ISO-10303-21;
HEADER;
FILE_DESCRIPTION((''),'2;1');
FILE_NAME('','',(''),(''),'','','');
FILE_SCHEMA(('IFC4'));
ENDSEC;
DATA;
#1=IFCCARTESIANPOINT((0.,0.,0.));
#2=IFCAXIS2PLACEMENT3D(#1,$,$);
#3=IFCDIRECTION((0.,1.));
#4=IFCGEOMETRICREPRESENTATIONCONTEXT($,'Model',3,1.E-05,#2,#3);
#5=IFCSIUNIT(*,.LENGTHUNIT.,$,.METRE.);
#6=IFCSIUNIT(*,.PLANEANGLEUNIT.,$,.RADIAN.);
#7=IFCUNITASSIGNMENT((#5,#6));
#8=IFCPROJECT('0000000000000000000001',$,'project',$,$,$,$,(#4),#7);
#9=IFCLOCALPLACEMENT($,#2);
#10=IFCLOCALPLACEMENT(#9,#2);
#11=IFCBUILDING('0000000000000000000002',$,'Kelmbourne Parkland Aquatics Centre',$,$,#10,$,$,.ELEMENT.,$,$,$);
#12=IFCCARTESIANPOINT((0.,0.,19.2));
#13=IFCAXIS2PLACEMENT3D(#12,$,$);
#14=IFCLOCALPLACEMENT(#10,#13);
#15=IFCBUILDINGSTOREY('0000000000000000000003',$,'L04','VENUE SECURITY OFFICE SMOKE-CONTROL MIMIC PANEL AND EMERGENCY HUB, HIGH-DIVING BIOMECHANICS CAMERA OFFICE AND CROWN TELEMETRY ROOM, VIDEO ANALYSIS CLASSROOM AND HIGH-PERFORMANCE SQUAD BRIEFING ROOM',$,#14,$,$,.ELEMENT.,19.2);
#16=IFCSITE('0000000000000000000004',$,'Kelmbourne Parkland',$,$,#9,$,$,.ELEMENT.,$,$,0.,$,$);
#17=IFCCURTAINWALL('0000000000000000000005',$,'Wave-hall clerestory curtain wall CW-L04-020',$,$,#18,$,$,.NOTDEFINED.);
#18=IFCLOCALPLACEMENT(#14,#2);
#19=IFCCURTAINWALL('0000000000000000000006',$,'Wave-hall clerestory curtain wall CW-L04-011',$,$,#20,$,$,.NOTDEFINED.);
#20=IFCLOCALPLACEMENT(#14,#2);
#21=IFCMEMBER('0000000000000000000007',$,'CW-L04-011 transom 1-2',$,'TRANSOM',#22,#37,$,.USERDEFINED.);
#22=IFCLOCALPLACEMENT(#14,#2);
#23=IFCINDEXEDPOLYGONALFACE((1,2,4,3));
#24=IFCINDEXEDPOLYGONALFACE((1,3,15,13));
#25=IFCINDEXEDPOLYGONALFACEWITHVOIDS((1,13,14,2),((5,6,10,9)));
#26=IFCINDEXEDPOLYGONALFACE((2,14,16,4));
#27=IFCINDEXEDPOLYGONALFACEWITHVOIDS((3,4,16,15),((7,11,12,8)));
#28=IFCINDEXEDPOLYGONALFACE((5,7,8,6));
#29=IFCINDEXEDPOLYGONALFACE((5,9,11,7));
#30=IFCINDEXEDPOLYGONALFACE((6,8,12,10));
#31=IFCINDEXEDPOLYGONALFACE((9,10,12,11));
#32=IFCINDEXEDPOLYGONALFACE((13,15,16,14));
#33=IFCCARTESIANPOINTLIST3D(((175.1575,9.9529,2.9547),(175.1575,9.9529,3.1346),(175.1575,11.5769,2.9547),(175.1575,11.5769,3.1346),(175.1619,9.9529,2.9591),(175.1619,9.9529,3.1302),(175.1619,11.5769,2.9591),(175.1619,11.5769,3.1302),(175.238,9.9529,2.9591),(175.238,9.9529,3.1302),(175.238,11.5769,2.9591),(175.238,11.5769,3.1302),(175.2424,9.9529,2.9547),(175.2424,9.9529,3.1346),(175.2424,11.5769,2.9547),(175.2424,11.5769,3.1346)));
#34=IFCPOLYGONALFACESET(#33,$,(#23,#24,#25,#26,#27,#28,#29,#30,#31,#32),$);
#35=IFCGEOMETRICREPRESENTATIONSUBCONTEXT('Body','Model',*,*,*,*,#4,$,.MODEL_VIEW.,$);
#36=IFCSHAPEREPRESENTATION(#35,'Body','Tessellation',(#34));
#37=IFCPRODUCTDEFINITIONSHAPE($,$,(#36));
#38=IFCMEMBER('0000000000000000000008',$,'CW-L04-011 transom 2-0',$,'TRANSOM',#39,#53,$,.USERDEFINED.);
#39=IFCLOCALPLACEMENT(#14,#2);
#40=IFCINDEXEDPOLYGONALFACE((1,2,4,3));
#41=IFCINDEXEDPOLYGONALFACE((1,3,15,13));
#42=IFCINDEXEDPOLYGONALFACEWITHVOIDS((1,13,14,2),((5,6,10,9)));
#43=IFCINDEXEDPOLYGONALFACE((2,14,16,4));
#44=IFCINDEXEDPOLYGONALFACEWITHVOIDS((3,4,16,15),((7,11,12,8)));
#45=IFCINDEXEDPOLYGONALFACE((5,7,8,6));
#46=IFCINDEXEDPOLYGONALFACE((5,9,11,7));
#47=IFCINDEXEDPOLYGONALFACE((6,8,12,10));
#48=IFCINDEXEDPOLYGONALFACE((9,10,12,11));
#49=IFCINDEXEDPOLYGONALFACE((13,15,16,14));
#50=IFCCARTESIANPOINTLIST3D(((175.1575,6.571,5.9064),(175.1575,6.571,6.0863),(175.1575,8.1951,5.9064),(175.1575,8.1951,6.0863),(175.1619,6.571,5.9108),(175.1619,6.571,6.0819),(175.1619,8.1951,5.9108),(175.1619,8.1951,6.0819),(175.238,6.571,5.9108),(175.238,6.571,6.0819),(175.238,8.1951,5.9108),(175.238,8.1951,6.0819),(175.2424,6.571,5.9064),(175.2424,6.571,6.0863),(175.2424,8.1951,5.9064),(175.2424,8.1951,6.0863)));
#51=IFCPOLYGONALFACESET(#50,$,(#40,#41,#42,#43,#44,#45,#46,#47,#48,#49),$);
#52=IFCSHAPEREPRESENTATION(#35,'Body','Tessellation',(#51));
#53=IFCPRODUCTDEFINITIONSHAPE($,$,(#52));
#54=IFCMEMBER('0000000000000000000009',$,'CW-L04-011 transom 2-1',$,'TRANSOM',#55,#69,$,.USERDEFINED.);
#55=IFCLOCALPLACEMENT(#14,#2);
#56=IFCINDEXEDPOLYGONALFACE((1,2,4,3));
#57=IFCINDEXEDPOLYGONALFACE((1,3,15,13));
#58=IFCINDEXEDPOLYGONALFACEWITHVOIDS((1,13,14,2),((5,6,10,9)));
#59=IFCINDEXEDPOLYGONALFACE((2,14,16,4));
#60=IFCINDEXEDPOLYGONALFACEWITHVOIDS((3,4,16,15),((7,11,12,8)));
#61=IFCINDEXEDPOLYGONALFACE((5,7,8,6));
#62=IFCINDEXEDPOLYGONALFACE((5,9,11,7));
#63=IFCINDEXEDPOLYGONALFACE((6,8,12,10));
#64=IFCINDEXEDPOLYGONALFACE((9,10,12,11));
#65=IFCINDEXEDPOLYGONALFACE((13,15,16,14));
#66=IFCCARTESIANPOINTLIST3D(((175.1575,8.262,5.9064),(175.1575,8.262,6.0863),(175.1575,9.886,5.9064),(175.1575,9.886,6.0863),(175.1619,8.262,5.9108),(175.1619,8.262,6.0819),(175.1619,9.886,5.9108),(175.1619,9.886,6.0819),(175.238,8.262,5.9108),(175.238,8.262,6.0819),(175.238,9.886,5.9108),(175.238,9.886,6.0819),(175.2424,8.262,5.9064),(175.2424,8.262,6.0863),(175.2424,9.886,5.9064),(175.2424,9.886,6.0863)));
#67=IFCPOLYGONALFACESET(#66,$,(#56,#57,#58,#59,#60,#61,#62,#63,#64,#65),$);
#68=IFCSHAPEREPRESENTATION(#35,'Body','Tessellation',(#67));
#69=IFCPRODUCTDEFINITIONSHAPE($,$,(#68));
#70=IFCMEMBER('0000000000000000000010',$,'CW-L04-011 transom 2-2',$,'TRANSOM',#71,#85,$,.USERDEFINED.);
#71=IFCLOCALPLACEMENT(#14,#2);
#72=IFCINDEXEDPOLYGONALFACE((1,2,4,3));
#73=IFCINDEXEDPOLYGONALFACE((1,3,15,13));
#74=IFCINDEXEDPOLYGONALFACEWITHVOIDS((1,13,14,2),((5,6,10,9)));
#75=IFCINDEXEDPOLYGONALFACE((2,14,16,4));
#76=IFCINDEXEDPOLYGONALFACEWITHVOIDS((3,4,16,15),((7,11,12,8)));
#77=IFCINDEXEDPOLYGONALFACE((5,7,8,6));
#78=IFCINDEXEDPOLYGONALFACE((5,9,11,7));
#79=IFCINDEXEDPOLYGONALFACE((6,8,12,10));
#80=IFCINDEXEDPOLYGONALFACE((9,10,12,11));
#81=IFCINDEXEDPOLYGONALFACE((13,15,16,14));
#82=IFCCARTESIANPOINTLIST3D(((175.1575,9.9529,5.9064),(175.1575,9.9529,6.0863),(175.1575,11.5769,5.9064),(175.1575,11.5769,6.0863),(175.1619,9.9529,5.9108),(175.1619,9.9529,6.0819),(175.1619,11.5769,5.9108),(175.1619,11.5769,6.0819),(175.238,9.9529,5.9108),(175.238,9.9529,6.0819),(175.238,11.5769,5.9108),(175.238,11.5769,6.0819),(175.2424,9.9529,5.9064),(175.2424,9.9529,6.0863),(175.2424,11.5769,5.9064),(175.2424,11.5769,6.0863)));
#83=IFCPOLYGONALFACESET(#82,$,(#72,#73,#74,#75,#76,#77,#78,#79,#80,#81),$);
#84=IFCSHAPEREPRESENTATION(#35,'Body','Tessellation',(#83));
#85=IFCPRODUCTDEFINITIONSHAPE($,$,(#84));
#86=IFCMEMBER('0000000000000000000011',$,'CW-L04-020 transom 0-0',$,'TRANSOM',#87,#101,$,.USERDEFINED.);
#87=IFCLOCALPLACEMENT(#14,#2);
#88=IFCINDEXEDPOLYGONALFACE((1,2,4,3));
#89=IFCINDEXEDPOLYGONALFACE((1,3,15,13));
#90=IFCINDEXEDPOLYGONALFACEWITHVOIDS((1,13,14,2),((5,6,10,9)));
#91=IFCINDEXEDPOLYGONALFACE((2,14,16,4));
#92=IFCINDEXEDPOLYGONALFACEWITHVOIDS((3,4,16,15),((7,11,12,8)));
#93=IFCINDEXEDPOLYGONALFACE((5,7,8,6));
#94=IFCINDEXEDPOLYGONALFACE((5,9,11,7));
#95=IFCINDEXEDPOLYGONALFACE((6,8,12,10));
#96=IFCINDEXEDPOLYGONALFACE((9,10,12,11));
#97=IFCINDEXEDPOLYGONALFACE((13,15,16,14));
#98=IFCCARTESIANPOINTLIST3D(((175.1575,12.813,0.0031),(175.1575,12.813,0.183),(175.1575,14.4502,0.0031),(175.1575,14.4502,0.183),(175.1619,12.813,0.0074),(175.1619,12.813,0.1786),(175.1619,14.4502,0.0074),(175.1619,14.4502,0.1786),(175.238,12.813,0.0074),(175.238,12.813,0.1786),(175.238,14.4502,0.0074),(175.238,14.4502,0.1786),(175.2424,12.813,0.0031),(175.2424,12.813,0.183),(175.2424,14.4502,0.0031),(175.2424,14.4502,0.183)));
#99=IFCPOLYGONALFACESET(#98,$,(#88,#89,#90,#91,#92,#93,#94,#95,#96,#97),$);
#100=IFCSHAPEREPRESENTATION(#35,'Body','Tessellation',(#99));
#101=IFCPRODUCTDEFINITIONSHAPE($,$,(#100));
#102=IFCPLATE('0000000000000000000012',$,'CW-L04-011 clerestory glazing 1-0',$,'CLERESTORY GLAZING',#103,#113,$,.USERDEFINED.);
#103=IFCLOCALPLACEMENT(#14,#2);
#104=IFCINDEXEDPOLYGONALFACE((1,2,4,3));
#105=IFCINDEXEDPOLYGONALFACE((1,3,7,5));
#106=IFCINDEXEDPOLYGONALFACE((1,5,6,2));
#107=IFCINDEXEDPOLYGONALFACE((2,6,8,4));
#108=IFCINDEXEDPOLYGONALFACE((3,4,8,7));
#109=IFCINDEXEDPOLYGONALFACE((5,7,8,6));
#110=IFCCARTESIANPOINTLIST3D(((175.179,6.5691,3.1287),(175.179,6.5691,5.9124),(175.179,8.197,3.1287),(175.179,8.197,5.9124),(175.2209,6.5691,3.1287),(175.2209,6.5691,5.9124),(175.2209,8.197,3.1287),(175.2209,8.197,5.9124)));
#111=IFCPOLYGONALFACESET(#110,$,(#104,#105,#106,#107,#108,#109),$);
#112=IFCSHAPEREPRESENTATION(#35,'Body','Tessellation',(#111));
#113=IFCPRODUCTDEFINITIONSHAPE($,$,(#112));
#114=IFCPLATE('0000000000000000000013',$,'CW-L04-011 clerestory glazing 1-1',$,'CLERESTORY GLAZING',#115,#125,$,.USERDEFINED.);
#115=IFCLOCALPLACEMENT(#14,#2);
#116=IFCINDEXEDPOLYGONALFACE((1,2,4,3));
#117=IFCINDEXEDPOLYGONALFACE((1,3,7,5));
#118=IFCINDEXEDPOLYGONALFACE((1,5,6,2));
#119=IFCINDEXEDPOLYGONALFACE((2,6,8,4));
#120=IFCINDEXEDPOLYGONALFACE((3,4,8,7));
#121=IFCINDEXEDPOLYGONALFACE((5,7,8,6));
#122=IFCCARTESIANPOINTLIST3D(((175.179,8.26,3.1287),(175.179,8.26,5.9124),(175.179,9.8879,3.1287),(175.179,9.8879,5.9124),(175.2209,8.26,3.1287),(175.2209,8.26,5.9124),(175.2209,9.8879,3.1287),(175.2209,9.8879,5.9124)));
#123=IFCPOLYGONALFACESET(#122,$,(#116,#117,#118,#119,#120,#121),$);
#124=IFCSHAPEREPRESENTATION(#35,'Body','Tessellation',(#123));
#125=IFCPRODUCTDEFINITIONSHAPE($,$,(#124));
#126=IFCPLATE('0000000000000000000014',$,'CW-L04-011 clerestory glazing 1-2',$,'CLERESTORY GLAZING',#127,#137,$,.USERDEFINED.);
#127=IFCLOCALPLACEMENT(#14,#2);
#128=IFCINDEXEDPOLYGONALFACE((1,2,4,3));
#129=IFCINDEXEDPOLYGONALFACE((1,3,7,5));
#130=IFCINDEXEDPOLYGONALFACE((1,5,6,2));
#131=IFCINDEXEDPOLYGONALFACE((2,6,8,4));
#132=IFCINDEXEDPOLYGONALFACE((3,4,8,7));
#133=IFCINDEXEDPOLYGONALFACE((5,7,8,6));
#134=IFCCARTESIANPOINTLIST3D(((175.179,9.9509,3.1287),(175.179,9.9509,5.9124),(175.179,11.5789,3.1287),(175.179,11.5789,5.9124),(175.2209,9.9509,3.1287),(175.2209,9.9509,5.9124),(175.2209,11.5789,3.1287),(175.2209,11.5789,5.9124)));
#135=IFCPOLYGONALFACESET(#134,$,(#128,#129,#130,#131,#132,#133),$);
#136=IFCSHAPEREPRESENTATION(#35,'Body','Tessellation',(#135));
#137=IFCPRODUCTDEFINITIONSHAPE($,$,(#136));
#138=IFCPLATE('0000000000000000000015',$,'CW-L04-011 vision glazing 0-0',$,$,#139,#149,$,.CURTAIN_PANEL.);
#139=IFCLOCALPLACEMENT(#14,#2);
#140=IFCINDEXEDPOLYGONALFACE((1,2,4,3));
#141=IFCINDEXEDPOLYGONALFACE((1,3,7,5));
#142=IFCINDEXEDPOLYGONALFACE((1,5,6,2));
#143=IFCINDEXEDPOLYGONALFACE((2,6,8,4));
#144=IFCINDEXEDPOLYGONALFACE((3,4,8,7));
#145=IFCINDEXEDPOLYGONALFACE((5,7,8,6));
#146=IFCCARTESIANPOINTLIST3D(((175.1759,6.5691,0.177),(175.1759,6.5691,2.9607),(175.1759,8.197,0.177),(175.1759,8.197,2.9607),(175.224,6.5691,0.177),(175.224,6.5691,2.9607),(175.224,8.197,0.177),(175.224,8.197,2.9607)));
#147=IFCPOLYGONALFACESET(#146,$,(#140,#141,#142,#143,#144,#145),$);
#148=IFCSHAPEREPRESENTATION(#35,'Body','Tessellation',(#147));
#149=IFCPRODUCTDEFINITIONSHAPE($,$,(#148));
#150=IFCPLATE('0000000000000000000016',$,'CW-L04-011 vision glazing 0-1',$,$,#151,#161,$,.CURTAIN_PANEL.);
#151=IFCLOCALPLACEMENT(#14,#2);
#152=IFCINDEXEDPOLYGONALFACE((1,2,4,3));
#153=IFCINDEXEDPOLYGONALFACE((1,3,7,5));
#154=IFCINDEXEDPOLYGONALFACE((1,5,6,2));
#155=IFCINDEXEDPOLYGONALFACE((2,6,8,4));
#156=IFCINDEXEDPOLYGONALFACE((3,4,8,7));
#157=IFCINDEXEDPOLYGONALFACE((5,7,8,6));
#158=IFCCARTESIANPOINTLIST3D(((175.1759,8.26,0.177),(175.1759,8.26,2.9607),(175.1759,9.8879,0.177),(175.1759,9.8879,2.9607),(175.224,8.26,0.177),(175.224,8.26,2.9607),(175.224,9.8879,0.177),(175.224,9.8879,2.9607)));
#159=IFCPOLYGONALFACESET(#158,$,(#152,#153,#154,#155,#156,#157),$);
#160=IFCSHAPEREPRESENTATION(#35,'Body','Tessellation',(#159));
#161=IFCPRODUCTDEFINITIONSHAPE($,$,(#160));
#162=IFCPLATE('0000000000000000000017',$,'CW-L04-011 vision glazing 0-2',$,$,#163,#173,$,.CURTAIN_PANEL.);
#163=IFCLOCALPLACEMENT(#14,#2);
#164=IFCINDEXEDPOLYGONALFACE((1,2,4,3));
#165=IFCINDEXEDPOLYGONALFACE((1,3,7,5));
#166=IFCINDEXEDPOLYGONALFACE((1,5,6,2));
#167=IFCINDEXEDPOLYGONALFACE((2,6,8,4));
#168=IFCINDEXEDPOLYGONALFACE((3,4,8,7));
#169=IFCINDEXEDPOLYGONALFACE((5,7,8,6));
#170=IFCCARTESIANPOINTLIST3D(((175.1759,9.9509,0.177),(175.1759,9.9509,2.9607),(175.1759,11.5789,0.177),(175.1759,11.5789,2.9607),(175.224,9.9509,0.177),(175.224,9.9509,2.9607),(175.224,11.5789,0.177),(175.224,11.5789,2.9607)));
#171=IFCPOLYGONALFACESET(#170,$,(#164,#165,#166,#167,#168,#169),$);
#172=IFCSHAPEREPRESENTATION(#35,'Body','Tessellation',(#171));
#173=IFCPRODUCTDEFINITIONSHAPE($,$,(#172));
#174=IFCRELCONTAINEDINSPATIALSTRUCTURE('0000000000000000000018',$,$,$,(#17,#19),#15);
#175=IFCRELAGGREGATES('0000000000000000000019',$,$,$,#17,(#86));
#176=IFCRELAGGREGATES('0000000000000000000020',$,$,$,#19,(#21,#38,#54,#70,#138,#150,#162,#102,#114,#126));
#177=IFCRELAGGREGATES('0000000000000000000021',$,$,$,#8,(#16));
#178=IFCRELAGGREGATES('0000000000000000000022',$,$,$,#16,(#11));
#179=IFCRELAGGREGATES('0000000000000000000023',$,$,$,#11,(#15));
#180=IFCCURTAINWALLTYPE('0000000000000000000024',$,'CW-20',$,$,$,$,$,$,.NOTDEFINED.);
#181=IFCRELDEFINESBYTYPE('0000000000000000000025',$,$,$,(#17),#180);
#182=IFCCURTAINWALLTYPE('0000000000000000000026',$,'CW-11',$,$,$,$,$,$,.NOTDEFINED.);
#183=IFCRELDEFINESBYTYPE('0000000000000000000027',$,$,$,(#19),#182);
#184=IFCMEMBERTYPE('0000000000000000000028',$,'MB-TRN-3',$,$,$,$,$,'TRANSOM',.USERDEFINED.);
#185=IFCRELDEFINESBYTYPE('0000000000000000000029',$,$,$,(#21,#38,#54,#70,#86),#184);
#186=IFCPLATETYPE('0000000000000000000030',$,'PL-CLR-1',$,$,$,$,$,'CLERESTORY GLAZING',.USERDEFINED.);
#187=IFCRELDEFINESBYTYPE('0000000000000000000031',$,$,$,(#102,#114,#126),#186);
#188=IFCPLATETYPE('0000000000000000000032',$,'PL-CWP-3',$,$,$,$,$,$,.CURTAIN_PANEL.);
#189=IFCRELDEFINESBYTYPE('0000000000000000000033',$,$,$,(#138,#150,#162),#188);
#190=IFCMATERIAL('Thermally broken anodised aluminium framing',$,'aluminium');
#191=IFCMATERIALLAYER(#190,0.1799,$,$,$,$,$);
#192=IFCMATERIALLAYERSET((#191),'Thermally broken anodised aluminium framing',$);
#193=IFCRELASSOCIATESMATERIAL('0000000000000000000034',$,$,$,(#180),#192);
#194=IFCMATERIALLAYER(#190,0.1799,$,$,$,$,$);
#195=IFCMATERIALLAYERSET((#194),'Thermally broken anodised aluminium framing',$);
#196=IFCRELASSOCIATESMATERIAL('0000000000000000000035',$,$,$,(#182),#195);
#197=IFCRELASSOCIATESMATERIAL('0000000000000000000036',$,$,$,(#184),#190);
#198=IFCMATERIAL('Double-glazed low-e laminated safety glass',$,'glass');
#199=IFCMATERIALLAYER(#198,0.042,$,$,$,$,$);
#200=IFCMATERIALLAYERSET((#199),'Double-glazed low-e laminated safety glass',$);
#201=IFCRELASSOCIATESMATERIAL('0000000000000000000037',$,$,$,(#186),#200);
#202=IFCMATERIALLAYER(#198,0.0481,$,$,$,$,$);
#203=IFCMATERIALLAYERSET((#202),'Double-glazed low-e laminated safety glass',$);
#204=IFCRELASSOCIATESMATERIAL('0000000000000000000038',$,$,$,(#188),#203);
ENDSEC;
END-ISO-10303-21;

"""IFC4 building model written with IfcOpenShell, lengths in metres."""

from ifc_helpers import new_model, si_unit, direction, frame, origin, origin_2d, place, context, subcontext, project, spatial, rectangle, hollow_rectangle, extrude, material, layer, layer_set, material_profile, profile_set, type_object, element, aggregate, save


model = new_model("IFC4")

# Units and contexts
model_context = context("Model", 3, precision=1e-05, world=origin(), true_north=direction((0.0, 1.0)))
body_context = subcontext(model_context, "Body", "Model", "MODEL_VIEW")
ifc_project = project(units=[si_unit("LENGTHUNIT", "METRE"), si_unit("PLANEANGLEUNIT", "RADIAN")], contexts=[model_context])

# Site, building, storey
site_placement = place(None, origin())
site = spatial("IfcSite", under=ifc_project, at=site_placement, Name="Kelmbourne Parkland", CompositionType="ELEMENT", RefElevation=0.0)
building_placement = place(site_placement, origin())
building = spatial("IfcBuilding", under=site, at=building_placement, Name="Kelmbourne Parkland Aquatics Centre", CompositionType="ELEMENT")
storey_placement = place(building_placement, frame((0.0, 0.0, 19.2)))
storey = spatial("IfcBuildingStorey", under=building, at=storey_placement, Name="L04", Description="VENUE SECURITY OFFICE SMOKE-CONTROL MIMIC PANEL AND EMERGENCY HUB, HIGH-DIVING BIOMECHANICS CAMERA OFFICE AND CROWN TELEMETRY ROOM, VIDEO ANALYSIS CLASSROOM AND HIGH-PERFORMANCE SQUAD BRIEFING ROOM", CompositionType="ELEMENT", Elevation=19.2)

# Curtain wall
ifc_material_1 = material(Name="Thermally broken anodised aluminium framing", Category="aluminium")
ifc_layer_1 = layer(ifc_material_1, 0.1799)
ifc_layer_set_1 = layer_set([ifc_layer_1], Name="Thermally broken anodised aluminium framing")
curtain_wall_type_1 = type_object("IfcCurtainWallType", Name="CW-20", PredefinedType="NOTDEFINED", material=ifc_layer_set_1)
curtain_wall_1_placement = place(storey_placement, origin())
curtain_wall_1 = element("IfcCurtainWall", 1, at=curtain_wall_1_placement, inside=storey, type_object=curtain_wall_type_1, Name="Wave-hall clerestory curtain wall CW-L04-020", PredefinedType="NOTDEFINED")

# Curtain wall, members
ifc_layer_2 = layer(ifc_material_1, 0.1799)
ifc_layer_set_2 = layer_set([ifc_layer_2], Name="Thermally broken anodised aluminium framing")
curtain_wall_type_2 = type_object("IfcCurtainWallType", Name="CW-11", PredefinedType="NOTDEFINED", material=ifc_layer_set_2)
curtain_wall_2_placement = place(storey_placement, origin())
curtain_wall_2 = element("IfcCurtainWall", 2, at=curtain_wall_2_placement, inside=storey, type_object=curtain_wall_type_2, Name="Wave-hall clerestory curtain wall CW-L04-011", PredefinedType="NOTDEFINED")
ifc_material_profile_1 = material_profile(ifc_material_1, hollow_rectangle(XDim=0.085, YDim=0.1799, WallThickness=0.0044, at=origin_2d()), Name="CW-T 85x180")
ifc_profile_set_1 = profile_set([ifc_material_profile_1], Name="Thermally broken anodised aluminium framing")
member_type_1 = type_object("IfcMemberType", Name="MB-TRN-3", ElementType="TRANSOM", PredefinedType="USERDEFINED", material=ifc_profile_set_1)
member_1_placement = place(storey_placement, frame((175.2, 9.9529, 3.0447), z_axis=(0.0, 1.0, 0.0), x_axis=(-1.0, 0.0, 0.0)))
member_1 = element("IfcMember", 3, at=member_1_placement, type_object=member_type_1, Name="CW-L04-011 transom 1-2", ObjectType="TRANSOM", PredefinedType="USERDEFINED", context=body_context, shape_type="SweptSolid", body=[
    extrude(hollow_rectangle(XDim=0.085, YDim=0.1799, WallThickness=0.0044, at=origin_2d()), origin(), (0.0, 0.0, 1.0), 1.624),
])
member_2_placement = place(storey_placement, frame((175.2, 6.571, 5.9963), z_axis=(0.0, 1.0, 0.0), x_axis=(-1.0, 0.0, 0.0)))
member_2 = element("IfcMember", 4, at=member_2_placement, type_object=member_type_1, Name="CW-L04-011 transom 2-0", ObjectType="TRANSOM", PredefinedType="USERDEFINED", context=body_context, shape_type="SweptSolid", body=[
    extrude(hollow_rectangle(XDim=0.085, YDim=0.1799, WallThickness=0.0044, at=origin_2d()), origin(), (0.0, 0.0, 1.0), 1.624),
])
member_3_placement = place(storey_placement, frame((175.2, 8.262, 5.9963), z_axis=(0.0, 1.0, 0.0), x_axis=(-1.0, 0.0, 0.0)))
member_3 = element("IfcMember", 5, at=member_3_placement, type_object=member_type_1, Name="CW-L04-011 transom 2-1", ObjectType="TRANSOM", PredefinedType="USERDEFINED", context=body_context, shape_type="SweptSolid", body=[
    extrude(hollow_rectangle(XDim=0.085, YDim=0.1799, WallThickness=0.0044, at=origin_2d()), origin(), (0.0, 0.0, 1.0), 1.624),
])
member_4_placement = place(storey_placement, frame((175.2, 9.9529, 5.9963), z_axis=(0.0, 1.0, 0.0), x_axis=(-1.0, 0.0, 0.0)))
member_4 = element("IfcMember", 6, at=member_4_placement, type_object=member_type_1, Name="CW-L04-011 transom 2-2", ObjectType="TRANSOM", PredefinedType="USERDEFINED", context=body_context, shape_type="SweptSolid", body=[
    extrude(hollow_rectangle(XDim=0.085, YDim=0.1799, WallThickness=0.0044, at=origin_2d()), origin(), (0.0, 0.0, 1.0), 1.624),
])

# Member
member_5_placement = place(storey_placement, frame((175.2, 12.813, 0.093), z_axis=(0.0, 1.0, 0.0), x_axis=(-1.0, 0.0, 0.0)))
member_5 = element("IfcMember", 7, at=member_5_placement, type_object=member_type_1, Name="CW-L04-020 transom 0-0", ObjectType="TRANSOM", PredefinedType="USERDEFINED", context=body_context, shape_type="SweptSolid", body=[
    extrude(hollow_rectangle(XDim=0.085, YDim=0.1799, WallThickness=0.0044, at=origin_2d()), origin(), (0.0, 0.0, 1.0), 1.6372),
])
aggregate(curtain_wall_1, [member_5])

# Plates
ifc_material_2 = material(Name="Double-glazed low-e laminated safety glass", Category="glass")
ifc_layer_3 = layer(ifc_material_2, 0.042)
ifc_layer_set_3 = layer_set([ifc_layer_3], Name="Double-glazed low-e laminated safety glass")
plate_type_1 = type_object("IfcPlateType", Name="PL-CLR-1", ElementType="CLERESTORY GLAZING", PredefinedType="USERDEFINED", material=ifc_layer_set_3)
plate_1_placement = place(storey_placement, frame((175.2, 7.3831, 3.1287), z_axis=(0.0, 0.0, 1.0), x_axis=(0.0, 1.0, 0.0)))
plate_1 = element("IfcPlate", 8, at=plate_1_placement, type_object=plate_type_1, Name="CW-L04-011 clerestory glazing 1-0", ObjectType="CLERESTORY GLAZING", PredefinedType="USERDEFINED", context=body_context, shape_type="SweptSolid", body=[
    extrude(rectangle(XDim=1.6279, YDim=0.042, at=origin_2d()), origin(), (0.0, 0.0, 1.0), 2.7837),
])
plate_2_placement = place(storey_placement, frame((175.2, 9.074, 3.1287), z_axis=(0.0, 0.0, 1.0), x_axis=(0.0, 1.0, 0.0)))
plate_2 = element("IfcPlate", 9, at=plate_2_placement, type_object=plate_type_1, Name="CW-L04-011 clerestory glazing 1-1", ObjectType="CLERESTORY GLAZING", PredefinedType="USERDEFINED", context=body_context, shape_type="SweptSolid", body=[
    extrude(rectangle(XDim=1.6279, YDim=0.042, at=origin_2d()), origin(), (0.0, 0.0, 1.0), 2.7837),
])
plate_3_placement = place(storey_placement, frame((175.2, 10.7649, 3.1287), z_axis=(0.0, 0.0, 1.0), x_axis=(0.0, 1.0, 0.0)))
plate_3 = element("IfcPlate", 10, at=plate_3_placement, type_object=plate_type_1, Name="CW-L04-011 clerestory glazing 1-2", ObjectType="CLERESTORY GLAZING", PredefinedType="USERDEFINED", context=body_context, shape_type="SweptSolid", body=[
    extrude(rectangle(XDim=1.6279, YDim=0.042, at=origin_2d()), origin(), (0.0, 0.0, 1.0), 2.7837),
])
ifc_layer_4 = layer(ifc_material_2, 0.0481)
ifc_layer_set_4 = layer_set([ifc_layer_4], Name="Double-glazed low-e laminated safety glass")
plate_type_2 = type_object("IfcPlateType", Name="PL-CWP-3", PredefinedType="CURTAIN_PANEL", material=ifc_layer_set_4)
plate_4_placement = place(storey_placement, frame((175.2, 7.3831, 0.177), z_axis=(0.0, 0.0, 1.0), x_axis=(0.0, 1.0, 0.0)))
plate_4 = element("IfcPlate", 11, at=plate_4_placement, type_object=plate_type_2, Name="CW-L04-011 vision glazing 0-0", PredefinedType="CURTAIN_PANEL", context=body_context, shape_type="SweptSolid", body=[
    extrude(rectangle(XDim=1.6279, YDim=0.0481, at=origin_2d()), origin(), (0.0, 0.0, 1.0), 2.7837),
])
plate_5_placement = place(storey_placement, frame((175.2, 9.074, 0.177), z_axis=(0.0, 0.0, 1.0), x_axis=(0.0, 1.0, 0.0)))
plate_5 = element("IfcPlate", 12, at=plate_5_placement, type_object=plate_type_2, Name="CW-L04-011 vision glazing 0-1", PredefinedType="CURTAIN_PANEL", context=body_context, shape_type="SweptSolid", body=[
    extrude(rectangle(XDim=1.6279, YDim=0.0481, at=origin_2d()), origin(), (0.0, 0.0, 1.0), 2.7837),
])
plate_6_placement = place(storey_placement, frame((175.2, 10.7649, 0.177), z_axis=(0.0, 0.0, 1.0), x_axis=(0.0, 1.0, 0.0)))
plate_6 = element("IfcPlate", 13, at=plate_6_placement, type_object=plate_type_2, Name="CW-L04-011 vision glazing 0-2", PredefinedType="CURTAIN_PANEL", context=body_context, shape_type="SweptSolid", body=[
    extrude(rectangle(XDim=1.6279, YDim=0.0481, at=origin_2d()), origin(), (0.0, 0.0, 1.0), 2.7837),
])
aggregate(curtain_wall_2, [member_1, member_2, member_3, member_4, plate_4, plate_5, plate_6, plate_1, plate_2, plate_3])

save(model, "model.ifc")
